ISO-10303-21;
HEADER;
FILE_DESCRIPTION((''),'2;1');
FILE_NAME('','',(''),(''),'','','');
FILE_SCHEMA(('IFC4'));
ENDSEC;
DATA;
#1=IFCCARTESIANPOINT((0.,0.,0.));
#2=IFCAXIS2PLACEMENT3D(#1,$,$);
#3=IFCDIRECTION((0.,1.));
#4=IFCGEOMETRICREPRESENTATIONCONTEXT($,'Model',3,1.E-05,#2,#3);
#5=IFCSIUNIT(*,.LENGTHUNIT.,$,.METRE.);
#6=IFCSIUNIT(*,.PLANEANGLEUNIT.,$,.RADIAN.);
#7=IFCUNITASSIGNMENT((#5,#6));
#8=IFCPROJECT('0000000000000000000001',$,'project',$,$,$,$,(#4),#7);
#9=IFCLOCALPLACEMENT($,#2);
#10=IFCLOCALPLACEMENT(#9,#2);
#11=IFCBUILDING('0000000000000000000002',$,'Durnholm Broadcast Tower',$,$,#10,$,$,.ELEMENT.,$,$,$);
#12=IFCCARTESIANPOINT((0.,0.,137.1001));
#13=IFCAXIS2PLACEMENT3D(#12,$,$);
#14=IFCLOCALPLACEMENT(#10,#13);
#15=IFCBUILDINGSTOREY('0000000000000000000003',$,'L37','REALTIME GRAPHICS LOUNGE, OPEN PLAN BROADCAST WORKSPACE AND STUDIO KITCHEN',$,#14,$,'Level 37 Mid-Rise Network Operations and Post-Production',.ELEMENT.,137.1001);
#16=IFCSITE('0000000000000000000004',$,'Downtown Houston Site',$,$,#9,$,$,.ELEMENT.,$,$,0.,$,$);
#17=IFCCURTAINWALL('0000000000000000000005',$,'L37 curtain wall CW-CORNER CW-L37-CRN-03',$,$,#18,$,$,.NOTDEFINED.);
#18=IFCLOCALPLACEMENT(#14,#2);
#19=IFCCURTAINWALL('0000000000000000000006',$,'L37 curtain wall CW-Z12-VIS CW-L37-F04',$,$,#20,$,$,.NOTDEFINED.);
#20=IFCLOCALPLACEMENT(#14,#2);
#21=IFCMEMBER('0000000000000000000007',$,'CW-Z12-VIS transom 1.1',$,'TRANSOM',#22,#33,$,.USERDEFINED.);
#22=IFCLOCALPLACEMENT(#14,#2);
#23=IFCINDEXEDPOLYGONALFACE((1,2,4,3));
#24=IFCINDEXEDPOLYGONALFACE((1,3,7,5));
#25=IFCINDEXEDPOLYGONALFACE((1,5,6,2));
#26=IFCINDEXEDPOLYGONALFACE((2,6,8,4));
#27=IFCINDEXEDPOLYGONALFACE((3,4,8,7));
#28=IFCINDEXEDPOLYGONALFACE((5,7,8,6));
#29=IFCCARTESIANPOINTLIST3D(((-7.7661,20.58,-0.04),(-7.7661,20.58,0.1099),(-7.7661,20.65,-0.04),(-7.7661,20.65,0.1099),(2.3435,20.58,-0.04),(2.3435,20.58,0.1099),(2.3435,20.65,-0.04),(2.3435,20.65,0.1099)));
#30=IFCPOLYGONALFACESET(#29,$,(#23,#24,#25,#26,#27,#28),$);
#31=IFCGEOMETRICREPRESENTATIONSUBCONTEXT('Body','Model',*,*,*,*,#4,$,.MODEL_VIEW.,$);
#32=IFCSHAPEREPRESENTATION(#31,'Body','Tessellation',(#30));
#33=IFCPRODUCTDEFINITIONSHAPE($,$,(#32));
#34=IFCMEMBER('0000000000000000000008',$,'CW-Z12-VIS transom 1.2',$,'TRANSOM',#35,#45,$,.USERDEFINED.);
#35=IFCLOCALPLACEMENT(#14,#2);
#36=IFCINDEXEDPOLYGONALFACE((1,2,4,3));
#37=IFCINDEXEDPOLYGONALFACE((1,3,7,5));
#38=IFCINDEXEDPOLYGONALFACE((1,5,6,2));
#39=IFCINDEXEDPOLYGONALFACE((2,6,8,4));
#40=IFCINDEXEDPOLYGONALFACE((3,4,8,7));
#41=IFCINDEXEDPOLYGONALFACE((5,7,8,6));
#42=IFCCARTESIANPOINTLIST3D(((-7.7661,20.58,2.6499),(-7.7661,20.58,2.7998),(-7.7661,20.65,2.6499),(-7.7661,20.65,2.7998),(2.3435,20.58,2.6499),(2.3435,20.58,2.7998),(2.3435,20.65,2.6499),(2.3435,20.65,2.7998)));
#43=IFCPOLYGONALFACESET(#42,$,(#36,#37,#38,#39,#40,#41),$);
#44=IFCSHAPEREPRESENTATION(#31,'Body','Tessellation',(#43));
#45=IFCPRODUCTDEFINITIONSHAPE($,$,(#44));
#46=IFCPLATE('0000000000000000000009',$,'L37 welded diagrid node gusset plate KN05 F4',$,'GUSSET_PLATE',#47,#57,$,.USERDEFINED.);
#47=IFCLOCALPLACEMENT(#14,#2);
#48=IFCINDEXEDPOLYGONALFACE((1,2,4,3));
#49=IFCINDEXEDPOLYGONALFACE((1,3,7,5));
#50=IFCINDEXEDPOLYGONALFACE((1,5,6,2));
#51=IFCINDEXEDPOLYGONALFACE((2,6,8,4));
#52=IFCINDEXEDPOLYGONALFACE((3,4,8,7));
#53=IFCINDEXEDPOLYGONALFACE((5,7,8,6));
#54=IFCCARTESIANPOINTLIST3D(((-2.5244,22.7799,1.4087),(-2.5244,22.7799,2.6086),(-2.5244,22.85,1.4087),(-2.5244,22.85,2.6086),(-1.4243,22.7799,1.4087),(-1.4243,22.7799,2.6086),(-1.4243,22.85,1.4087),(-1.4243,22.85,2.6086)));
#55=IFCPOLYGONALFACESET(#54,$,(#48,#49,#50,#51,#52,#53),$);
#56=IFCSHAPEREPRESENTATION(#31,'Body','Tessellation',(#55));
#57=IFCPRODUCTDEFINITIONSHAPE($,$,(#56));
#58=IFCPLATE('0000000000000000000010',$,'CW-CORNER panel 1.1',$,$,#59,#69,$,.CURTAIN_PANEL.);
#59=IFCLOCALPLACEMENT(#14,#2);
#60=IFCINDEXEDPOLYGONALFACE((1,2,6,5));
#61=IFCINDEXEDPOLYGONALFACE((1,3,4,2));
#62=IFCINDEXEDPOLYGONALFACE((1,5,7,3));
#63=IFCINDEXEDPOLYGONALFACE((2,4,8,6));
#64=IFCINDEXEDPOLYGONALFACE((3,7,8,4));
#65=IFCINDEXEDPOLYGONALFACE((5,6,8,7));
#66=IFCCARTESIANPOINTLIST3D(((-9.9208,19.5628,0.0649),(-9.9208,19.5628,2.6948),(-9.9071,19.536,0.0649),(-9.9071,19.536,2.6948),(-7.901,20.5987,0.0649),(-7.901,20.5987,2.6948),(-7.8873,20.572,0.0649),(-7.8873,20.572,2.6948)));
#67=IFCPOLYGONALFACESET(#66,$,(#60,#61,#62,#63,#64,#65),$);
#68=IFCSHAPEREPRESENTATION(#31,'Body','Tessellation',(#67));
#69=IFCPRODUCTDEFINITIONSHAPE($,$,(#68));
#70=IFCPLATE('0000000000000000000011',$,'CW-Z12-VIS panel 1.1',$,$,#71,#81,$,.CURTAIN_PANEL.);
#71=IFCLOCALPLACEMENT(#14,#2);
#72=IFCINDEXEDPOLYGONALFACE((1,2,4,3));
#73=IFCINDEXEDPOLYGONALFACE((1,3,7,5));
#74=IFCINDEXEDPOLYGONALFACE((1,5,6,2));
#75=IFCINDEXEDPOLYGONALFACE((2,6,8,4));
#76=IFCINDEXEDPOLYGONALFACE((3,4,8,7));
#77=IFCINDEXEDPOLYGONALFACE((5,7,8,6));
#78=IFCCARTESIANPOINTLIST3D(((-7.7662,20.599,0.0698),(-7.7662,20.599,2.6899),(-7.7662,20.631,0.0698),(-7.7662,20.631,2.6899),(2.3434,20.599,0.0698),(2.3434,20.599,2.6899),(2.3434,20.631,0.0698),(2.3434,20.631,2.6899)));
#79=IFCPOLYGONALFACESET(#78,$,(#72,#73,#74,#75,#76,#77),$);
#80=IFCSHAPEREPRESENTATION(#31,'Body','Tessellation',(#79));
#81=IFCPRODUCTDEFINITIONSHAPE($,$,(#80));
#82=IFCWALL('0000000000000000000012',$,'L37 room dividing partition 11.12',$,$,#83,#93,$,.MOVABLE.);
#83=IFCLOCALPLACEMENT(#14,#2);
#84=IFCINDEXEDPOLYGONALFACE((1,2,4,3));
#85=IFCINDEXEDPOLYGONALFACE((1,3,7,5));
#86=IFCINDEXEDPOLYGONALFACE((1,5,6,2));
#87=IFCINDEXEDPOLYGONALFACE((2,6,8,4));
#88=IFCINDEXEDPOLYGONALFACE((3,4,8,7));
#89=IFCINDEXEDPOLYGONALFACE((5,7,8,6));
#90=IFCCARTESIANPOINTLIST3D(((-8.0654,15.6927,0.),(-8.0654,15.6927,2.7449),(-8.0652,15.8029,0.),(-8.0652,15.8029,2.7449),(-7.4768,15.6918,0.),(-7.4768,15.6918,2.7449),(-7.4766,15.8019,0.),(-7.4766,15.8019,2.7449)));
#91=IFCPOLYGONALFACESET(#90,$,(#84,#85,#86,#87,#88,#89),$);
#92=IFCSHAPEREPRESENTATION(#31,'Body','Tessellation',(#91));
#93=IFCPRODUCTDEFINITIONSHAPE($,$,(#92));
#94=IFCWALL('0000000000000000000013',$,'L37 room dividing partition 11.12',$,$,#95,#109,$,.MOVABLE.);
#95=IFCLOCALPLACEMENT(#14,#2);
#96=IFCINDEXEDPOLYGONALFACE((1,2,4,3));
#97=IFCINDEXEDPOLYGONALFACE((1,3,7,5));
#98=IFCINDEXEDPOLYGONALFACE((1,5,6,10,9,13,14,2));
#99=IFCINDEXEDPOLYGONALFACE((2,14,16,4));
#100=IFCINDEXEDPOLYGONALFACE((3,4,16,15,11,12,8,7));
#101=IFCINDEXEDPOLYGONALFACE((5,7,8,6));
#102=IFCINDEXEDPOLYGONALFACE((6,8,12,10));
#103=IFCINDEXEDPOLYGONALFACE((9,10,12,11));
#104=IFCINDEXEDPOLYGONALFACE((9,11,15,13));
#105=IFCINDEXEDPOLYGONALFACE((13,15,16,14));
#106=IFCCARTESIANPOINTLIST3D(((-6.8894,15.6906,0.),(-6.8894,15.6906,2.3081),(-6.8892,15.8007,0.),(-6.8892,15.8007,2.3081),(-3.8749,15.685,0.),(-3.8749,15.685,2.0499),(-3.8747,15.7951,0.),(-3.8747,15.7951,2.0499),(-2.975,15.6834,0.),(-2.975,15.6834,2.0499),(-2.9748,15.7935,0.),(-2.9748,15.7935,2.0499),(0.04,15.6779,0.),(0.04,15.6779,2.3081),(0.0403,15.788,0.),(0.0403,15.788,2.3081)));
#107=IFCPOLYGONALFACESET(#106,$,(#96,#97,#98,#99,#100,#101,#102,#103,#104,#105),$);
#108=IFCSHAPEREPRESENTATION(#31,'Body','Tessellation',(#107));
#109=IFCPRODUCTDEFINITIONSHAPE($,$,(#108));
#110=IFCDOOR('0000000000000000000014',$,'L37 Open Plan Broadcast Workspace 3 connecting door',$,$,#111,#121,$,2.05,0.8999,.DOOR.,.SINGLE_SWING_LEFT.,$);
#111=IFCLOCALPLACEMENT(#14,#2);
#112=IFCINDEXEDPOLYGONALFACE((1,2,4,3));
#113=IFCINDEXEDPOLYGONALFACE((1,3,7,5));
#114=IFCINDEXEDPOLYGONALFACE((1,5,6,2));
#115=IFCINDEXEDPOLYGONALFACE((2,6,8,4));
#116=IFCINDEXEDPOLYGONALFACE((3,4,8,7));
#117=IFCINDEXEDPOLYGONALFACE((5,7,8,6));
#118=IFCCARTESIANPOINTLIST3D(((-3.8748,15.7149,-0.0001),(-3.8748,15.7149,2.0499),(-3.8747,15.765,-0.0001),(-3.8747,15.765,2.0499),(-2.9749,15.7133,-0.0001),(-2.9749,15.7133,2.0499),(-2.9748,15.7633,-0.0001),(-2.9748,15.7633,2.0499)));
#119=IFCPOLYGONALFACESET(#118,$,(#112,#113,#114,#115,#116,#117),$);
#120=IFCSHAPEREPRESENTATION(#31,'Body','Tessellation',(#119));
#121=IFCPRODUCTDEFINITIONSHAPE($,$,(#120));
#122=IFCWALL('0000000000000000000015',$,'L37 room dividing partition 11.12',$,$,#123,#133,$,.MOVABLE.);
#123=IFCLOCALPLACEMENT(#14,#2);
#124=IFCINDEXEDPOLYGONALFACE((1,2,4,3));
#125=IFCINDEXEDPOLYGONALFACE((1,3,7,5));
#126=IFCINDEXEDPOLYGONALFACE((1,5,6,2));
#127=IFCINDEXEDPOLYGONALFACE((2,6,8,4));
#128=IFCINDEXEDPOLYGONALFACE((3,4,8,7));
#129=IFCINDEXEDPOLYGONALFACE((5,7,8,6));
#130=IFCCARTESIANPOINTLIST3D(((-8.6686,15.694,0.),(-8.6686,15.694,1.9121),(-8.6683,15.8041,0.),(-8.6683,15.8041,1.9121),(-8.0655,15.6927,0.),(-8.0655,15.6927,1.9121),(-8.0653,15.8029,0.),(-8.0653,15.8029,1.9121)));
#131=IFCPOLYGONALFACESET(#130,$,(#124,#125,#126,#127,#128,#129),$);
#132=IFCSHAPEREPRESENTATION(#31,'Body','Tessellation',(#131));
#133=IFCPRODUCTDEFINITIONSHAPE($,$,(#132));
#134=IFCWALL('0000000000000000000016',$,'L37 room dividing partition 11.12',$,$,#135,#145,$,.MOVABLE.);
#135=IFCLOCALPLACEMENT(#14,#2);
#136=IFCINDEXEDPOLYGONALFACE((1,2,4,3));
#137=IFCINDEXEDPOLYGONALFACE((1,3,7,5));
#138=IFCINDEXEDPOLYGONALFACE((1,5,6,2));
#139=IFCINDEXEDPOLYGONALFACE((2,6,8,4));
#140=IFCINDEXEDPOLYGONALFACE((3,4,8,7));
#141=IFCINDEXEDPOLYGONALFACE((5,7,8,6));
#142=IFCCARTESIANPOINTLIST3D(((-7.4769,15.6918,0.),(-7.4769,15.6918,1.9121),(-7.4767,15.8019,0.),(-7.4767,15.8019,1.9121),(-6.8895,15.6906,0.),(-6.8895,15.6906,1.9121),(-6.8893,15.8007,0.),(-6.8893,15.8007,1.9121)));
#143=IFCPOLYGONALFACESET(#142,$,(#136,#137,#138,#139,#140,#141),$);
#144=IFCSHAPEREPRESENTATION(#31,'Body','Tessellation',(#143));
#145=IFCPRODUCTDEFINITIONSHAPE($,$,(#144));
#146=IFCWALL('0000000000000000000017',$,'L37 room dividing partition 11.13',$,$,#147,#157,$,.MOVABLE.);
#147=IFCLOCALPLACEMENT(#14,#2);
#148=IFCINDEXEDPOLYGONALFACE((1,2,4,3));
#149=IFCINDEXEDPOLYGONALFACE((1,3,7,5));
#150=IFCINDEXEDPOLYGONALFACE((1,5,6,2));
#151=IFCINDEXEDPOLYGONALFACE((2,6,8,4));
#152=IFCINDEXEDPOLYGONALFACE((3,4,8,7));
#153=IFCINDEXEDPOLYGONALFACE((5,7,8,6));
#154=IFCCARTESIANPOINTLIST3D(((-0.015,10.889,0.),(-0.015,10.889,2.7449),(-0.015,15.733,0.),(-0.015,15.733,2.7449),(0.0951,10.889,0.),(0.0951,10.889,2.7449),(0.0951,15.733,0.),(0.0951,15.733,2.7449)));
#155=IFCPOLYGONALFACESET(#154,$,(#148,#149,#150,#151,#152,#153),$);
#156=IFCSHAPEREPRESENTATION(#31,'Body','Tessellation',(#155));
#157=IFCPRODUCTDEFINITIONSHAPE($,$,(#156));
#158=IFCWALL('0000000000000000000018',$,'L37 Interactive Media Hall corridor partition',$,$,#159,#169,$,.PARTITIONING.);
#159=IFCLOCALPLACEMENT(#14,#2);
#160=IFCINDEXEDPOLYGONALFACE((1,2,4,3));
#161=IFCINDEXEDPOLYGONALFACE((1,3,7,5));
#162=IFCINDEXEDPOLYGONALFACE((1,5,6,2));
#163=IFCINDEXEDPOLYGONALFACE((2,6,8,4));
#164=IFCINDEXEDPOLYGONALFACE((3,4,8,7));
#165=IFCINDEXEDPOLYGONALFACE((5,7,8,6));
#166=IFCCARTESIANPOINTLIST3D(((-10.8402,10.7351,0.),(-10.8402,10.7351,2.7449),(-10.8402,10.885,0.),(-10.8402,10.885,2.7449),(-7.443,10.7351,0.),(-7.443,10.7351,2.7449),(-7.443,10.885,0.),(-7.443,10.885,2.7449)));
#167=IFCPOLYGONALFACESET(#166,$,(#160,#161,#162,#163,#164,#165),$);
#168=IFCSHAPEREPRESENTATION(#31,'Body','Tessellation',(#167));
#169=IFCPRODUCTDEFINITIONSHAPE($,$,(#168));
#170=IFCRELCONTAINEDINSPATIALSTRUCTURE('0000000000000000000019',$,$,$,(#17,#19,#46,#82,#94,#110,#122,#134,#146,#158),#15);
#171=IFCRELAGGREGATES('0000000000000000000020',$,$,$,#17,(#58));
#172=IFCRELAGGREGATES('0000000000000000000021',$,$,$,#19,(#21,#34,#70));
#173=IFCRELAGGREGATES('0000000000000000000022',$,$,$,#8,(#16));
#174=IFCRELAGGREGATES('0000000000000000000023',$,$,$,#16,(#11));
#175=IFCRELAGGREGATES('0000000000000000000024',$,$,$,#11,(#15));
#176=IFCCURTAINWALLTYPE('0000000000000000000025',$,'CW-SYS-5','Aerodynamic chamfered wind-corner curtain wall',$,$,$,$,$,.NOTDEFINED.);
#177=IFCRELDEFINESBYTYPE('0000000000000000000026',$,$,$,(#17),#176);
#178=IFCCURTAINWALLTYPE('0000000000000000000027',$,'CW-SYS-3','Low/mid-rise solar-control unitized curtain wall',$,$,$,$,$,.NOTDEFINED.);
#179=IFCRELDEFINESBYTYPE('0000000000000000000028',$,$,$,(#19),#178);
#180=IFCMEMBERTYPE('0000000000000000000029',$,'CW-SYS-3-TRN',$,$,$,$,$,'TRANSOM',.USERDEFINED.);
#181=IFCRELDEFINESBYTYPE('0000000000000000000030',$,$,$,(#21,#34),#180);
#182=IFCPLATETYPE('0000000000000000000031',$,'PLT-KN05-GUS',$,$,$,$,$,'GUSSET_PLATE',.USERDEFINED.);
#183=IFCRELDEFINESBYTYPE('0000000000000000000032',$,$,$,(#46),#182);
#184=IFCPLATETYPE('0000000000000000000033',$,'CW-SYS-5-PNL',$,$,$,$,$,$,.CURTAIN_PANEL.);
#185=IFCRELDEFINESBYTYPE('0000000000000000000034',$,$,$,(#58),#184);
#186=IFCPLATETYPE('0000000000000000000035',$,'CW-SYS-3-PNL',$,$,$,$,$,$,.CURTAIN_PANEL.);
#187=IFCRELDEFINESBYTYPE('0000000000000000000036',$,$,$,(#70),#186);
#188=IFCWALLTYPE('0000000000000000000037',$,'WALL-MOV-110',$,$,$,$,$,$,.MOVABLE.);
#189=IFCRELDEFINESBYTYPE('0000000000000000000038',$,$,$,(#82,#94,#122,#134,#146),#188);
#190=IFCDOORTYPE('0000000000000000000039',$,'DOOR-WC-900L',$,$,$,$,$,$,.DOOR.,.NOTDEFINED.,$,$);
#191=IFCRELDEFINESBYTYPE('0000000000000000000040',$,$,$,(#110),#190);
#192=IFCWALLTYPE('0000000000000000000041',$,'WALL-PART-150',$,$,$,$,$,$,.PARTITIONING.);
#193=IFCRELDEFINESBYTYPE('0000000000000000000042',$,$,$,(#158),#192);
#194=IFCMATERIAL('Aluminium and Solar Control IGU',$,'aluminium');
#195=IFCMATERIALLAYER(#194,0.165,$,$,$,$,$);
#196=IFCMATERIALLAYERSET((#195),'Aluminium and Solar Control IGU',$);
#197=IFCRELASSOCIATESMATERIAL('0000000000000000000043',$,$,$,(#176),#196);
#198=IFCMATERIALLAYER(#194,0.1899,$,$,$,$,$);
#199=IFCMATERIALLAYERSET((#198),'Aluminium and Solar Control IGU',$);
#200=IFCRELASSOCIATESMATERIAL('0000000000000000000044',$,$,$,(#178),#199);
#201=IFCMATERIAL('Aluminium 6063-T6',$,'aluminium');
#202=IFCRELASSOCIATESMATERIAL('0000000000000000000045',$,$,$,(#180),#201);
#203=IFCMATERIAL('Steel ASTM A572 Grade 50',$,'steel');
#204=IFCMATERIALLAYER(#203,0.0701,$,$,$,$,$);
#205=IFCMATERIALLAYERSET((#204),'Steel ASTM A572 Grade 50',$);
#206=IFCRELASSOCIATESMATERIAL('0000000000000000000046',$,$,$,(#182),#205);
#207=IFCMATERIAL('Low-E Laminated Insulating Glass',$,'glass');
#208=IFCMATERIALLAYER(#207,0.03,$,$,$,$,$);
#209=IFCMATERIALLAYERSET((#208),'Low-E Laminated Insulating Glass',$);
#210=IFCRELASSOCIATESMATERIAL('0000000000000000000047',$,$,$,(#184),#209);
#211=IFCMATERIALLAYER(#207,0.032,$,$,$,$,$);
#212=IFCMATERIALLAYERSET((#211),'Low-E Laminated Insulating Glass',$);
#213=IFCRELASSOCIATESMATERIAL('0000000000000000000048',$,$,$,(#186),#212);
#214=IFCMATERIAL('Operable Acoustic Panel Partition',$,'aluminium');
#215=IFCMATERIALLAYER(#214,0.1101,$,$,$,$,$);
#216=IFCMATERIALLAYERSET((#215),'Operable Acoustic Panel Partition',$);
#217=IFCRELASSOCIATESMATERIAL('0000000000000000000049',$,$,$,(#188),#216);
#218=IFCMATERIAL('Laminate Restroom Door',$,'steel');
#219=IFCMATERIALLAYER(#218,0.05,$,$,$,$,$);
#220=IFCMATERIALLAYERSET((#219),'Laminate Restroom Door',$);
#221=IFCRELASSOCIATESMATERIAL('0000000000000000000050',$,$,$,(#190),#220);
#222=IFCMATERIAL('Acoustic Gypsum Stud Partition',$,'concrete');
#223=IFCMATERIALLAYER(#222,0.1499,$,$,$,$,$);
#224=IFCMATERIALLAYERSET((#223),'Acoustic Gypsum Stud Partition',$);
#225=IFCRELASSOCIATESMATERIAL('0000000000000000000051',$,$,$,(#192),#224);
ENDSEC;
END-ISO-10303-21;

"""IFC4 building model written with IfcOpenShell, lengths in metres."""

from ifc_helpers import new_model, si_unit, direction, frame, frame_2d, origin, origin_2d, place, context, subcontext, project, spatial, rectangle, extrude, source, transform, mapped, material, layer, layer_set, material_profile, profile_set, type_object, type_shapes, element, fill, aggregate, save


model = new_model("IFC4")

# Units and contexts
model_context = context("Model", 3, precision=1e-05, world=origin(), true_north=direction((0.0, 1.0)))
body_context = subcontext(model_context, "Body", "Model", "MODEL_VIEW")
ifc_project = project(units=[si_unit("LENGTHUNIT", "METRE"), si_unit("PLANEANGLEUNIT", "RADIAN")], contexts=[model_context])

# Site, building, storey
site_placement = place(None, origin())
site = spatial("IfcSite", under=ifc_project, at=site_placement, Name="Downtown Houston Site", CompositionType="ELEMENT", RefElevation=0.0)
building_placement = place(site_placement, origin())
building = spatial("IfcBuilding", under=site, at=building_placement, Name="Durnholm Broadcast Tower", CompositionType="ELEMENT")
storey_placement = place(building_placement, frame((0.0, 0.0, 137.1001)))
storey = spatial("IfcBuildingStorey", under=building, at=storey_placement, Name="L37", Description="REALTIME GRAPHICS LOUNGE, OPEN PLAN BROADCAST WORKSPACE AND STUDIO KITCHEN", LongName="Level 37 Mid-Rise Network Operations and Post-Production", CompositionType="ELEMENT", Elevation=137.1001)

# Curtain wall
ifc_material_1 = material(Name="Aluminium and Solar Control IGU", Category="aluminium")
ifc_layer_1 = layer(ifc_material_1, 0.165)
ifc_layer_set_1 = layer_set([ifc_layer_1], Name="Aluminium and Solar Control IGU")
curtain_wall_type_1 = type_object("IfcCurtainWallType", Name="CW-SYS-5", Description="Aerodynamic chamfered wind-corner curtain wall", PredefinedType="NOTDEFINED", material=ifc_layer_set_1)
curtain_wall_1_placement = place(storey_placement, origin())
curtain_wall_1 = element("IfcCurtainWall", 1, at=curtain_wall_1_placement, inside=storey, type_object=curtain_wall_type_1, Name="L37 curtain wall CW-CORNER CW-L37-CRN-03", PredefinedType="NOTDEFINED")
ifc_material_2 = material(Name="Aluminium 6063-T6", Category="aluminium")

# Curtain wall, members
ifc_layer_2 = layer(ifc_material_1, 0.1899)
ifc_layer_set_2 = layer_set([ifc_layer_2], Name="Aluminium and Solar Control IGU")
curtain_wall_type_2 = type_object("IfcCurtainWallType", Name="CW-SYS-3", Description="Low/mid-rise solar-control unitized curtain wall", PredefinedType="NOTDEFINED", material=ifc_layer_set_2)
curtain_wall_2_placement = place(storey_placement, origin())
curtain_wall_2 = element("IfcCurtainWall", 2, at=curtain_wall_2_placement, inside=storey, type_object=curtain_wall_type_2, Name="L37 curtain wall CW-Z12-VIS CW-L37-F04", PredefinedType="NOTDEFINED")
ifc_material_profile_1 = material_profile(ifc_material_2, rectangle(XDim=0.0701, YDim=0.1499, at=origin_2d()), Name="CWT70X150")
ifc_profile_set_1 = profile_set([ifc_material_profile_1], Name="Aluminium 6063-T6")
member_type_1 = type_object("IfcMemberType", Name="CW-SYS-3-TRN", ElementType="TRANSOM", PredefinedType="USERDEFINED", material=ifc_profile_set_1)
shared_shape_1 = source(origin(), body_context, "Body", "SweptSolid", [
    extrude(rectangle(XDim=0.0701, YDim=0.1499, at=origin_2d()), origin(), (0.0, 0.0, 1.0), 10.1096),
])
type_shapes(member_type_1, [shared_shape_1])
member_1_placement = place(storey_placement, frame((-7.7661, 20.615, 0.0349), z_axis=(1.0, 0.0, 0.0), x_axis=(0.0, 1.0, 0.0)))
member_1 = element("IfcMember", 3, at=member_1_placement, type_object=member_type_1, Name="CW-Z12-VIS transom 1.1", ObjectType="TRANSOM", PredefinedType="USERDEFINED", context=body_context, shape_type="MappedRepresentation", body=[
    mapped(shared_shape_1, transform((0.0, 0.0, 0.0), x_axis=(1.0, 0.0, 0.0), y_axis=(0.0, 1.0, 0.0), z_axis=(0.0, 0.0, 1.0), scale=1.0)),
])
member_2_placement = place(storey_placement, frame((-7.7661, 20.615, 2.7249), z_axis=(1.0, 0.0, 0.0), x_axis=(0.0, 1.0, 0.0)))
member_2 = element("IfcMember", 4, at=member_2_placement, type_object=member_type_1, Name="CW-Z12-VIS transom 1.2", ObjectType="TRANSOM", PredefinedType="USERDEFINED", context=body_context, shape_type="MappedRepresentation", body=[
    mapped(shared_shape_1, transform((0.0, 0.0, 0.0), x_axis=(1.0, 0.0, 0.0), y_axis=(0.0, 1.0, 0.0), z_axis=(0.0, 0.0, 1.0), scale=1.0)),
])

# Plates
ifc_material_3 = material(Name="Steel ASTM A572 Grade 50", Category="steel")
ifc_layer_3 = layer(ifc_material_3, 0.0701)
ifc_layer_set_3 = layer_set([ifc_layer_3], Name="Steel ASTM A572 Grade 50")
plate_type_1 = type_object("IfcPlateType", Name="PLT-KN05-GUS", ElementType="GUSSET_PLATE", PredefinedType="USERDEFINED", material=ifc_layer_set_3)
shared_shape_2 = source(origin(), body_context, "Body", "SweptSolid", [
    extrude(rectangle(XDim=1.1001, YDim=0.0701, at=origin_2d()), origin(), (0.0, 0.0, 1.0), 1.2),
])
type_shapes(plate_type_1, [shared_shape_2])
plate_1_placement = place(storey_placement, frame((-1.9744, 22.8149, 1.4087), z_axis=(0.0, 0.0, 1.0), x_axis=(-1.0, 0.0, 0.0)))
element("IfcPlate", 5, at=plate_1_placement, inside=storey, type_object=plate_type_1, Name="L37 welded diagrid node gusset plate KN05 F4", ObjectType="GUSSET_PLATE", PredefinedType="USERDEFINED", context=body_context, shape_type="MappedRepresentation", body=[
    mapped(shared_shape_2, transform((0.0, 0.0, 0.0), x_axis=(1.0, 0.0, 0.0), y_axis=(0.0, 1.0, 0.0), z_axis=(0.0, 0.0, 1.0), scale=1.0)),
])
ifc_material_4 = material(Name="Low-E Laminated Insulating Glass", Category="glass")
ifc_layer_4 = layer(ifc_material_4, 0.03)
ifc_layer_set_4 = layer_set([ifc_layer_4], Name="Low-E Laminated Insulating Glass")
plate_type_2 = type_object("IfcPlateType", Name="CW-SYS-5-PNL", PredefinedType="CURTAIN_PANEL", material=ifc_layer_set_4)
shared_shape_3 = source(origin(), body_context, "Body", "SweptSolid", [
    extrude(rectangle(XDim=2.27, YDim=0.03, at=origin_2d()), origin(), (0.0, 0.0, 1.0), 2.6299),
])
type_shapes(plate_type_2, [shared_shape_3])
plate_2_placement = place(storey_placement, frame((-8.9041, 20.0674, 0.0649), z_axis=(0.0, 0.0, 1.0), x_axis=(0.889788, 0.456373, 0.0)))
plate_2 = element("IfcPlate", 6, at=plate_2_placement, type_object=plate_type_2, Name="CW-CORNER panel 1.1", PredefinedType="CURTAIN_PANEL", context=body_context, shape_type="MappedRepresentation", body=[
    mapped(shared_shape_3, transform((0.0, 0.0, 0.0), x_axis=(1.0, 0.0, 0.0), y_axis=(0.0, 1.0, 0.0), z_axis=(0.0, 0.0, 1.0), scale=1.0)),
])
aggregate(curtain_wall_1, [plate_2])
ifc_layer_5 = layer(ifc_material_4, 0.032)
ifc_layer_set_5 = layer_set([ifc_layer_5], Name="Low-E Laminated Insulating Glass")
plate_type_3 = type_object("IfcPlateType", Name="CW-SYS-3-PNL", PredefinedType="CURTAIN_PANEL", material=ifc_layer_set_5)
shared_shape_4 = source(origin(), body_context, "Body", "SweptSolid", [
    extrude(rectangle(XDim=10.1096, YDim=0.032, at=origin_2d()), origin(), (0.0, 0.0, 1.0), 2.6201),
])
type_shapes(plate_type_3, [shared_shape_4])
plate_3_placement = place(storey_placement, frame((-2.7114, 20.615, 0.0698), z_axis=(0.0, 0.0, 1.0), x_axis=(1.0, 0.0, 0.0)))
plate_3 = element("IfcPlate", 7, at=plate_3_placement, type_object=plate_type_3, Name="CW-Z12-VIS panel 1.1", PredefinedType="CURTAIN_PANEL", context=body_context, shape_type="MappedRepresentation", body=[
    mapped(shared_shape_4, transform((0.0, 0.0, 0.0), x_axis=(1.0, 0.0, 0.0), y_axis=(0.0, 1.0, 0.0), z_axis=(0.0, 0.0, 1.0), scale=1.0)),
])
aggregate(curtain_wall_2, [member_1, member_2, plate_3])

# Wall
ifc_material_5 = material(Name="Operable Acoustic Panel Partition", Category="aluminium")
ifc_layer_6 = layer(ifc_material_5, 0.1101)
ifc_layer_set_6 = layer_set([ifc_layer_6], Name="Operable Acoustic Panel Partition")
wall_type_1 = type_object("IfcWallType", Name="WALL-MOV-110", PredefinedType="MOVABLE", material=ifc_layer_set_6)
wall_1_placement = place(storey_placement, frame((-8.0654, 15.7478, 0.0), z_axis=(0.0, 0.0, 1.0), x_axis=(0.999999, -0.001659, 0.0)))
element("IfcWall", 8, at=wall_1_placement, inside=storey, type_object=wall_type_1, Name="L37 room dividing partition 11.12", PredefinedType="MOVABLE", context=body_context, shape_type="SweptSolid", body=[
    extrude(rectangle(XDim=0.5886, YDim=0.1101, at=frame_2d((0.2944, 0.0))), origin(), (0.0, 0.0, 1.0), 2.7449),
])

# Wall, opening, door
wall_2_placement = place(storey_placement, frame((-6.8894, 15.7456, 0.0), z_axis=(0.0, 0.0, 1.0), x_axis=(0.999998, -0.001832, 0.0)))
wall_2 = element("IfcWall", 9, at=wall_2_placement, inside=storey, type_object=wall_type_1, Name="L37 room dividing partition 11.12", PredefinedType="MOVABLE", context=body_context, shape_type="SweptSolid", body=[
    extrude(rectangle(XDim=6.9294, YDim=0.1101, at=frame_2d((3.4648, 0.0))), origin(), (0.0, 0.0, 1.0), 2.3081),
])
opening_1_placement = place(wall_2_placement, frame((3.0146, 0.0, 0.0)))
opening_1 = element("IfcOpeningElement", 10, at=opening_1_placement, cuts=wall_2, PredefinedType="OPENING", context=body_context, shape_type="SweptSolid", body=[
    extrude(rectangle(XDim=0.8999, YDim=2.05, at=frame_2d((0.45, 1.0249))), frame((0.0, 0.0649, 0.0), z_axis=(0.0, -1.0, 0.0), x_axis=(1.0, 0.0, 0.0)), (0.0, 0.0, 1.0), 0.1301),
])
ifc_material_6 = material(Name="Laminate Restroom Door", Category="steel")
ifc_layer_7 = layer(ifc_material_6, 0.05)
ifc_layer_set_7 = layer_set([ifc_layer_7], Name="Laminate Restroom Door")
door_type_1 = type_object("IfcDoorType", Name="DOOR-WC-900L", OperationType="NOTDEFINED", PredefinedType="DOOR", material=ifc_layer_set_7)
shared_shape_5 = source(origin(), body_context, "Body", "SweptSolid", [
    extrude(rectangle(XDim=0.8999, YDim=2.05, at=frame_2d((0.45, 1.0249))), frame((0.0, 0.0249, 0.0), z_axis=(0.0, -1.0, 0.0), x_axis=(1.0, 0.0, 0.0)), (0.0, 0.0, 1.0), 0.05),
])
type_shapes(door_type_1, [shared_shape_5])
door_1_placement = place(opening_1_placement, origin())
door_1 = element("IfcDoor", 11, at=door_1_placement, inside=storey, type_object=door_type_1, Name="L37 Open Plan Broadcast Workspace 3 connecting door", OperationType="SINGLE_SWING_LEFT", OverallHeight=2.05, OverallWidth=0.8999, PredefinedType="DOOR", context=body_context, shape_type="MappedRepresentation", body=[
    mapped(shared_shape_5, transform((0.0, 0.0, 0.0), x_axis=(1.0, 0.0, 0.0), y_axis=(0.0, 1.0, 0.0), z_axis=(0.0, 0.0, 1.0), scale=1.0)),
])
fill(opening_1, door_1)

# Walls
wall_3_placement = place(storey_placement, frame((-8.6685, 15.749, 0.0), z_axis=(0.0, 0.0, 1.0), x_axis=(0.999998, -0.002024, 0.0)))
element("IfcWall", 12, at=wall_3_placement, inside=storey, type_object=wall_type_1, Name="L37 room dividing partition 11.12", PredefinedType="MOVABLE", context=body_context, shape_type="SweptSolid", body=[
    extrude(rectangle(XDim=0.603, YDim=0.1101, at=frame_2d((0.3015, 0.0))), origin(), (0.0, 0.0, 1.0), 1.9121),
])
wall_4_placement = place(storey_placement, frame((-7.4768, 15.7468, 0.0), z_axis=(0.0, 0.0, 1.0), x_axis=(0.999998, -0.002078, 0.0)))
element("IfcWall", 13, at=wall_4_placement, inside=storey, type_object=wall_type_1, Name="L37 room dividing partition 11.12", PredefinedType="MOVABLE", context=body_context, shape_type="SweptSolid", body=[
    extrude(rectangle(XDim=0.5874, YDim=0.1101, at=frame_2d((0.2937, 0.0))), origin(), (0.0, 0.0, 1.0), 1.9121),
])
wall_5_placement = place(storey_placement, frame((0.04, 15.7329, 0.0), z_axis=(0.0, 0.0, 1.0), x_axis=(0.0, -1.0, 0.0)))
element("IfcWall", 14, at=wall_5_placement, inside=storey, type_object=wall_type_1, Name="L37 room dividing partition 11.13", PredefinedType="MOVABLE", context=body_context, shape_type="SweptSolid", body=[
    extrude(rectangle(XDim=4.844, YDim=0.1101, at=frame_2d((2.4219, 0.0))), origin(), (0.0, 0.0, 1.0), 2.7449),
])

# Shared definitions
ifc_material_7 = material(Name="Acoustic Gypsum Stud Partition", Category="concrete")
ifc_layer_8 = layer(ifc_material_7, 0.1499)
ifc_layer_set_8 = layer_set([ifc_layer_8], Name="Acoustic Gypsum Stud Partition")
wall_type_2 = type_object("IfcWallType", Name="WALL-PART-150", PredefinedType="PARTITIONING", material=ifc_layer_set_8)

# Wall
wall_6_placement = place(storey_placement, frame((-7.4429, 10.8101, 0.0), z_axis=(0.0, 0.0, 1.0), x_axis=(-1.0, 0.0, 0.0)))
element("IfcWall", 15, at=wall_6_placement, inside=storey, type_object=wall_type_2, Name="L37 Interactive Media Hall corridor partition", PredefinedType="PARTITIONING", context=body_context, shape_type="SweptSolid", body=[
    extrude(rectangle(XDim=3.3972, YDim=0.1499, at=frame_2d((1.6987, 0.0))), origin(), (0.0, 0.0, 1.0), 2.7449),
])

save(model, "model.ifc")
